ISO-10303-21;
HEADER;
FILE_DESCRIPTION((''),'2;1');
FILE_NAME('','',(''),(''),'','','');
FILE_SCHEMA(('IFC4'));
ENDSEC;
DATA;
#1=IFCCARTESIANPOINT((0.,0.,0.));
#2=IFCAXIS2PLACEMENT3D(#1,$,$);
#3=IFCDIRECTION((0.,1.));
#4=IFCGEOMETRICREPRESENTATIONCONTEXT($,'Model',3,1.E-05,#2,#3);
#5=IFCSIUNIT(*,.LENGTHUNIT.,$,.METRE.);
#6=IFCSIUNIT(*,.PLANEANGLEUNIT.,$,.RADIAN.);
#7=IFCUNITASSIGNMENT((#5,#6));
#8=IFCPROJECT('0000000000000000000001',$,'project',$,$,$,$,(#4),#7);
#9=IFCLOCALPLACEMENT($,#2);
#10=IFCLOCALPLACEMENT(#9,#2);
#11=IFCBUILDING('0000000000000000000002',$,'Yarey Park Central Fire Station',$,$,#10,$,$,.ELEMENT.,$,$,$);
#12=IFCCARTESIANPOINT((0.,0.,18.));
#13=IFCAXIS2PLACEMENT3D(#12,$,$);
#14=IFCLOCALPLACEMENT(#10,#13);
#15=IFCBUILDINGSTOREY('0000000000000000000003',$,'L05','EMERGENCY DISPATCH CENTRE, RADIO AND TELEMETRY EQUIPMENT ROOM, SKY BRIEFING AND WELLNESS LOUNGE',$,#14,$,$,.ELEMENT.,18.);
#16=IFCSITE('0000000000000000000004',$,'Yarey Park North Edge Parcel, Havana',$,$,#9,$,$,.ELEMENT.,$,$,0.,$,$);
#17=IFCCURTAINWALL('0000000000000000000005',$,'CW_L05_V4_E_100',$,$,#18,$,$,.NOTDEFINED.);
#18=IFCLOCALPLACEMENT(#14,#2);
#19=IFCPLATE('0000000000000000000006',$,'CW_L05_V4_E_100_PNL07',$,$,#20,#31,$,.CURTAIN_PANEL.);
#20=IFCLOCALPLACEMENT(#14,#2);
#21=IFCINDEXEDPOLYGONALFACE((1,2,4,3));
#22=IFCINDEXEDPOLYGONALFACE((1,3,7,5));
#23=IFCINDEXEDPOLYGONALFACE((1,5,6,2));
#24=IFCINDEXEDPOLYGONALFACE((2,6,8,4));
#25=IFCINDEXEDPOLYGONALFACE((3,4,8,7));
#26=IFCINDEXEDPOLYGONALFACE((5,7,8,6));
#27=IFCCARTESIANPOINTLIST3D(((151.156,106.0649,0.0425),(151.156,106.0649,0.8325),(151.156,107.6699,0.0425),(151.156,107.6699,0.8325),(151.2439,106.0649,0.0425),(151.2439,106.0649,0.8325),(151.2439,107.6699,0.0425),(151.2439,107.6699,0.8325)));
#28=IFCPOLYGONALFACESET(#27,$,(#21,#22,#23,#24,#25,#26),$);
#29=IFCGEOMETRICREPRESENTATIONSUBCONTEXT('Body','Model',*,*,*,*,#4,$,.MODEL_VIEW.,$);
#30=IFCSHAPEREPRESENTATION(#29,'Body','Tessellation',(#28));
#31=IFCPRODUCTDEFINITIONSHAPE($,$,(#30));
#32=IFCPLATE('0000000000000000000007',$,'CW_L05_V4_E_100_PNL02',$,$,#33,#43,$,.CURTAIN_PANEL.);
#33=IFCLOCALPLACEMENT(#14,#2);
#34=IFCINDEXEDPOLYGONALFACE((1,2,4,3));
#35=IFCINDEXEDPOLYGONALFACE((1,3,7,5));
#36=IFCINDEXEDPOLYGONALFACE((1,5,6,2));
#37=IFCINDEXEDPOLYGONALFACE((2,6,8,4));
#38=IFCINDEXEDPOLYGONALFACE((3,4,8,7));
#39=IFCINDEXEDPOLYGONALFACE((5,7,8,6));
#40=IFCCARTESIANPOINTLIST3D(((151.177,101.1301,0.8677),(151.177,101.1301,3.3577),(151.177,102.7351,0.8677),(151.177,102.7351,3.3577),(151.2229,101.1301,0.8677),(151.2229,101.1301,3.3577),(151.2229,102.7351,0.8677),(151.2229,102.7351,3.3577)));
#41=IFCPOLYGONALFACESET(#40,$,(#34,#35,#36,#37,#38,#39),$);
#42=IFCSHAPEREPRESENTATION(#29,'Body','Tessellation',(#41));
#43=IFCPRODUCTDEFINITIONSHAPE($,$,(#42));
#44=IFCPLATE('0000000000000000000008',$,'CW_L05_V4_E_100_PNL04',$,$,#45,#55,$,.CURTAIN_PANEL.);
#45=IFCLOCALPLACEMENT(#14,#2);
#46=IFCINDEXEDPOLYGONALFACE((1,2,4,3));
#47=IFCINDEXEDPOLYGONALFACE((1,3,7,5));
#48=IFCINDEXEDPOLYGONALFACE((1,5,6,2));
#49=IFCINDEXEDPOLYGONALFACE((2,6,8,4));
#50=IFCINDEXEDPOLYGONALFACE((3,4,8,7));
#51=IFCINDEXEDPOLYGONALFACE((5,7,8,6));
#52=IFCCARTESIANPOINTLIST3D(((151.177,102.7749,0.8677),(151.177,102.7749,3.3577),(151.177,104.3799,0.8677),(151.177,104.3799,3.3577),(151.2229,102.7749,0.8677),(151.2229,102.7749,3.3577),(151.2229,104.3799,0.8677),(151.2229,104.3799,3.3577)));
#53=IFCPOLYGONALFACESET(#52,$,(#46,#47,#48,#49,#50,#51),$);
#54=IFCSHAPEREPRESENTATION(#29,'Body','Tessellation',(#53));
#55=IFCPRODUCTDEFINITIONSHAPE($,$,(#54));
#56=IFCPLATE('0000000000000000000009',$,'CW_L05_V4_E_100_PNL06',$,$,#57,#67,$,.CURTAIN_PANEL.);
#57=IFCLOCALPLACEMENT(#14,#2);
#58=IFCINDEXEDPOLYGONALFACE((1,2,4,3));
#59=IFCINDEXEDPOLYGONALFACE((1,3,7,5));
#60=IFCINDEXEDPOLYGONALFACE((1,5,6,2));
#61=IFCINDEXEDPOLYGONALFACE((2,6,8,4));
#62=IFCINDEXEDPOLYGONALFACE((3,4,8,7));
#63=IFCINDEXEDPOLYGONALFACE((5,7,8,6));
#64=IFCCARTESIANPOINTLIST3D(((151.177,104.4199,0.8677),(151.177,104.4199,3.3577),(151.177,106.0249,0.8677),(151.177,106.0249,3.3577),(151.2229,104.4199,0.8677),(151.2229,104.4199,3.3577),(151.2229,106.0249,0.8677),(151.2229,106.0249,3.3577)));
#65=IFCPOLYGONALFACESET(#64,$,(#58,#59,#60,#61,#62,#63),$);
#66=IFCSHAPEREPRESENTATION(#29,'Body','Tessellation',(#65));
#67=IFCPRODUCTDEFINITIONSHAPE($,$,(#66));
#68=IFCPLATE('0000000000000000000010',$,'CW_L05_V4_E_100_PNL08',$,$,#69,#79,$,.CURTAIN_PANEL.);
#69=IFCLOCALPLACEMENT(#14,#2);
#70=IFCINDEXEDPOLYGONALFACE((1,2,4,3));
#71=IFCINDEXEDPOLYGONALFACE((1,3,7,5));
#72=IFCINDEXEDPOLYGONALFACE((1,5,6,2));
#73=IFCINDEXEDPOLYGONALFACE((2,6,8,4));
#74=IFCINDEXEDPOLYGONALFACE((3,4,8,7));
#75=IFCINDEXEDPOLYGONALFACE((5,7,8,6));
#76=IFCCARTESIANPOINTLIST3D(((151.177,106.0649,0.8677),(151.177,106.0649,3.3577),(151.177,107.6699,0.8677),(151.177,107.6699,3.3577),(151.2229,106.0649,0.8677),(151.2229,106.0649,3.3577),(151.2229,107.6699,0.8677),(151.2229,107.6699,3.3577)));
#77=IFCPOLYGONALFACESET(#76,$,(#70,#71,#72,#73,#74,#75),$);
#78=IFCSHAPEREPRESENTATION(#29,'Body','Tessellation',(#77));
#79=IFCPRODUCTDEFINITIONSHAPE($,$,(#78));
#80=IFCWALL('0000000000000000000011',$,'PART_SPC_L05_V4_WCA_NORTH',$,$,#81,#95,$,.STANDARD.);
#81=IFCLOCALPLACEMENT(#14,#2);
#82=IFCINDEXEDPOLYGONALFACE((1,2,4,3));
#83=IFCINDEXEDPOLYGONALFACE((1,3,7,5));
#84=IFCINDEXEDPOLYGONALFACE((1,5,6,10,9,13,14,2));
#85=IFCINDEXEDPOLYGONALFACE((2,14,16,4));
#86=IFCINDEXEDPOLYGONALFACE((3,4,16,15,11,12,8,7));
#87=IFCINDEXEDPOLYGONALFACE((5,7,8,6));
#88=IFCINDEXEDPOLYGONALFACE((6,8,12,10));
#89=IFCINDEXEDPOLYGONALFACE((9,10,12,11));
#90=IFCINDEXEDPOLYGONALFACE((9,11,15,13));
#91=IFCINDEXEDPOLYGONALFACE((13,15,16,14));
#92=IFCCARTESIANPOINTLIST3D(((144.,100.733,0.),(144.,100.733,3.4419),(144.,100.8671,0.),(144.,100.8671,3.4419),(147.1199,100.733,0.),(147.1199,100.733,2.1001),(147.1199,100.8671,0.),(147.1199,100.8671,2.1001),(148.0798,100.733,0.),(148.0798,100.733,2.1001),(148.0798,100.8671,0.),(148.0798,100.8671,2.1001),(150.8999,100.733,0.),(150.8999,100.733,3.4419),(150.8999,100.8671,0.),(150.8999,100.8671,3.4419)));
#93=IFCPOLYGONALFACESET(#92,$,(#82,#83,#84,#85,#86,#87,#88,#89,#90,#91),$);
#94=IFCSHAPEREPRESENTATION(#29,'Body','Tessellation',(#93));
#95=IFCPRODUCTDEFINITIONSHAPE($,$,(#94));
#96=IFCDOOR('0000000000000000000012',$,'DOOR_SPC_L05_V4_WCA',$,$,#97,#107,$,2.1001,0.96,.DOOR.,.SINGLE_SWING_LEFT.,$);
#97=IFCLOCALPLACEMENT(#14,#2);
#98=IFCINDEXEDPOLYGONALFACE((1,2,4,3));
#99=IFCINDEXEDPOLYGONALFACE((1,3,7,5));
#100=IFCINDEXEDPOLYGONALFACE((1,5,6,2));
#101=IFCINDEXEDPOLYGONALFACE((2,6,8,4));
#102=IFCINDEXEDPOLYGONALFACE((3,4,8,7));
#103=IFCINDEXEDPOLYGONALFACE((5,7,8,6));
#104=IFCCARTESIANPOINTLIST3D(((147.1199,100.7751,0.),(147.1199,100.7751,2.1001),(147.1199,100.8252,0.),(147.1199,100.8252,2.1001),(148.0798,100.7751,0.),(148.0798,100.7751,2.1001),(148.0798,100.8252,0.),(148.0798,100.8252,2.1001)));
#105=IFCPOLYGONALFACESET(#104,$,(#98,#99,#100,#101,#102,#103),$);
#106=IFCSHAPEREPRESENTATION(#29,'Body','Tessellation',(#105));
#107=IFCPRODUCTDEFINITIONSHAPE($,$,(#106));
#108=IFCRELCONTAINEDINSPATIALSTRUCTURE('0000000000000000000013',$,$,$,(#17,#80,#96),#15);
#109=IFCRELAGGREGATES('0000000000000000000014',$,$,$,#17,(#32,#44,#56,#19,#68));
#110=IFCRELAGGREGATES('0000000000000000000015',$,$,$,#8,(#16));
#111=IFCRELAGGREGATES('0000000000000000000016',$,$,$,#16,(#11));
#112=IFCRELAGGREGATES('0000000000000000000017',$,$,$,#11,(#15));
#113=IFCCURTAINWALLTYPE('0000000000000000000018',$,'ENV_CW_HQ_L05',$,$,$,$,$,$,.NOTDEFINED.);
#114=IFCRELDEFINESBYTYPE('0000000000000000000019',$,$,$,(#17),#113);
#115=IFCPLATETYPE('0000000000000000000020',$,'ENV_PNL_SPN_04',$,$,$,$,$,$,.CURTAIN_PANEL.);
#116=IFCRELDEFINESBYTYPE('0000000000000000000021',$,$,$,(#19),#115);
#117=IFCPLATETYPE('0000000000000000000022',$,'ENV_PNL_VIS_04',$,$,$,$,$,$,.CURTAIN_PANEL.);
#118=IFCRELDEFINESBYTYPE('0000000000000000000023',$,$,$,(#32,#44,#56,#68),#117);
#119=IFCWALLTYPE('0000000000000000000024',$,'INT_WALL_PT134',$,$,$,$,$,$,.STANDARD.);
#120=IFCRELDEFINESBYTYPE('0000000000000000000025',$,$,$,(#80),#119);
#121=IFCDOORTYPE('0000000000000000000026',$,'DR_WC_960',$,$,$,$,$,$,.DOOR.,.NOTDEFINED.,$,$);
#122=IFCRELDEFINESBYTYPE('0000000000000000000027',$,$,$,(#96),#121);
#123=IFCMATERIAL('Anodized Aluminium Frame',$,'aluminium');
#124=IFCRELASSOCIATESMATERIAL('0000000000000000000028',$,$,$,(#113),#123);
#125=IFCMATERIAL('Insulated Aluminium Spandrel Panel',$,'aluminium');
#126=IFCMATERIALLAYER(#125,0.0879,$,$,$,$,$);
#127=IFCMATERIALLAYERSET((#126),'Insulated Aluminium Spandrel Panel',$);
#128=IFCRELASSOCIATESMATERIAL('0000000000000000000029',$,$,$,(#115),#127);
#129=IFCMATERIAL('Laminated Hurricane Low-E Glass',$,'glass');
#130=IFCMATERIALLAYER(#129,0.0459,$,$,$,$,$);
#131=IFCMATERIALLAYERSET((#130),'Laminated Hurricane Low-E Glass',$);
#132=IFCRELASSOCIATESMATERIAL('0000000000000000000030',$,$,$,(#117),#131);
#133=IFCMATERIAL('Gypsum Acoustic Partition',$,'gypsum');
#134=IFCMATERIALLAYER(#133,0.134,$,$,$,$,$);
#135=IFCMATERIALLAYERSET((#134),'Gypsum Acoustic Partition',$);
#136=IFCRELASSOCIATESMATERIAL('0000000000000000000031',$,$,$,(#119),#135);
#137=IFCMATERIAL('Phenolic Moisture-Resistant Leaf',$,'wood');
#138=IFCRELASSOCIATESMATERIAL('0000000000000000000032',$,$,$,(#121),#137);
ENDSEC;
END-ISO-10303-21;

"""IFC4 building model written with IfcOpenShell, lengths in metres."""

from ifc_helpers import new_model, si_unit, direction, frame, frame_2d, origin, origin_2d, place, context, subcontext, project, spatial, rectangle, extrude, material, layer, layer_set, type_object, element, fill, aggregate, save


model = new_model("IFC4")

# Units and contexts
model_context = context("Model", 3, precision=1e-05, world=origin(), true_north=direction((0.0, 1.0)))
body_context = subcontext(model_context, "Body", "Model", "MODEL_VIEW")
ifc_project = project(units=[si_unit("LENGTHUNIT", "METRE"), si_unit("PLANEANGLEUNIT", "RADIAN")], contexts=[model_context])

# Site, building, storey
site_placement = place(None, origin())
site = spatial("IfcSite", under=ifc_project, at=site_placement, Name="Yarey Park North Edge Parcel, Havana", CompositionType="ELEMENT", RefElevation=0.0)
building_placement = place(site_placement, origin())
building = spatial("IfcBuilding", under=site, at=building_placement, Name="Yarey Park Central Fire Station", CompositionType="ELEMENT")
storey_placement = place(building_placement, frame((0.0, 0.0, 18.0)))
storey = spatial("IfcBuildingStorey", under=building, at=storey_placement, Name="L05", Description="EMERGENCY DISPATCH CENTRE, RADIO AND TELEMETRY EQUIPMENT ROOM, SKY BRIEFING AND WELLNESS LOUNGE", CompositionType="ELEMENT", Elevation=18.0)

# Curtain wall
ifc_material_1 = material(Name="Anodized Aluminium Frame", Category="aluminium")
curtain_wall_type = type_object("IfcCurtainWallType", Name="ENV_CW_HQ_L05", PredefinedType="NOTDEFINED", material=ifc_material_1)
curtain_wall_placement = place(storey_placement, origin())
curtain_wall = element("IfcCurtainWall", 1, at=curtain_wall_placement, inside=storey, type_object=curtain_wall_type, Name="CW_L05_V4_E_100", PredefinedType="NOTDEFINED")

# Plates
ifc_material_2 = material(Name="Insulated Aluminium Spandrel Panel", Category="aluminium")
ifc_layer_1 = layer(ifc_material_2, 0.0879)
ifc_layer_set_1 = layer_set([ifc_layer_1], Name="Insulated Aluminium Spandrel Panel")
plate_type_1 = type_object("IfcPlateType", Name="ENV_PNL_SPN_04", PredefinedType="CURTAIN_PANEL", material=ifc_layer_set_1)
plate_1_placement = place(storey_placement, frame((151.2, 106.8674, 0.0425), z_axis=(0.0, 0.0, 1.0), x_axis=(0.0, 1.0, 0.0)))
plate_1 = element("IfcPlate", 2, at=plate_1_placement, type_object=plate_type_1, Name="CW_L05_V4_E_100_PNL07", PredefinedType="CURTAIN_PANEL", context=body_context, shape_type="SweptSolid", body=[
    extrude(rectangle(XDim=1.605, YDim=0.0879, at=origin_2d()), origin(), (0.0, 0.0, 1.0), 0.79),
])
ifc_material_3 = material(Name="Laminated Hurricane Low-E Glass", Category="glass")
ifc_layer_2 = layer(ifc_material_3, 0.0459)
ifc_layer_set_2 = layer_set([ifc_layer_2], Name="Laminated Hurricane Low-E Glass")
plate_type_2 = type_object("IfcPlateType", Name="ENV_PNL_VIS_04", PredefinedType="CURTAIN_PANEL", material=ifc_layer_set_2)
plate_2_placement = place(storey_placement, frame((151.2, 101.9326, 0.8677), z_axis=(0.0, 0.0, 1.0), x_axis=(0.0, 1.0, 0.0)))
plate_2 = element("IfcPlate", 3, at=plate_2_placement, type_object=plate_type_2, Name="CW_L05_V4_E_100_PNL02", PredefinedType="CURTAIN_PANEL", context=body_context, shape_type="SweptSolid", body=[
    extrude(rectangle(XDim=1.605, YDim=0.0459, at=origin_2d()), origin(), (0.0, 0.0, 1.0), 2.49),
])
plate_3_placement = place(storey_placement, frame((151.2, 103.5774, 0.8677), z_axis=(0.0, 0.0, 1.0), x_axis=(0.0, 1.0, 0.0)))
plate_3 = element("IfcPlate", 4, at=plate_3_placement, type_object=plate_type_2, Name="CW_L05_V4_E_100_PNL04", PredefinedType="CURTAIN_PANEL", context=body_context, shape_type="SweptSolid", body=[
    extrude(rectangle(XDim=1.605, YDim=0.0459, at=origin_2d()), origin(), (0.0, 0.0, 1.0), 2.49),
])
plate_4_placement = place(storey_placement, frame((151.2, 105.2224, 0.8677), z_axis=(0.0, 0.0, 1.0), x_axis=(0.0, 1.0, 0.0)))
plate_4 = element("IfcPlate", 5, at=plate_4_placement, type_object=plate_type_2, Name="CW_L05_V4_E_100_PNL06", PredefinedType="CURTAIN_PANEL", context=body_context, shape_type="SweptSolid", body=[
    extrude(rectangle(XDim=1.605, YDim=0.0459, at=origin_2d()), origin(), (0.0, 0.0, 1.0), 2.49),
])
plate_5_placement = place(storey_placement, frame((151.2, 106.8674, 0.8677), z_axis=(0.0, 0.0, 1.0), x_axis=(0.0, 1.0, 0.0)))
plate_5 = element("IfcPlate", 6, at=plate_5_placement, type_object=plate_type_2, Name="CW_L05_V4_E_100_PNL08", PredefinedType="CURTAIN_PANEL", context=body_context, shape_type="SweptSolid", body=[
    extrude(rectangle(XDim=1.605, YDim=0.0459, at=origin_2d()), origin(), (0.0, 0.0, 1.0), 2.49),
])
aggregate(curtain_wall, [plate_2, plate_3, plate_4, plate_1, plate_5])

# Wall, opening, door
ifc_material_4 = material(Name="Gypsum Acoustic Partition", Category="gypsum")
ifc_layer_3 = layer(ifc_material_4, 0.134)
ifc_layer_set_3 = layer_set([ifc_layer_3], Name="Gypsum Acoustic Partition")
wall_type = type_object("IfcWallType", Name="INT_WALL_PT134", PredefinedType="STANDARD", material=ifc_layer_set_3)
wall_placement = place(storey_placement, frame((150.8999, 100.8, 0.0), z_axis=(0.0, 0.0, 1.0), x_axis=(-1.0, 0.0, 0.0)))
wall = element("IfcWall", 7, at=wall_placement, inside=storey, type_object=wall_type, Name="PART_SPC_L05_V4_WCA_NORTH", PredefinedType="STANDARD", context=body_context, shape_type="SweptSolid", body=[
    extrude(rectangle(XDim=6.8999, YDim=0.134, at=frame_2d((3.45, 0.0))), origin(), (0.0, 0.0, 1.0), 3.4419),
])
opening_placement = place(wall_placement, frame((2.8201, 0.0, 0.0)))
opening = element("IfcOpeningElement", 8, at=opening_placement, cuts=wall, PredefinedType="OPENING", context=body_context, shape_type="SweptSolid", body=[
    extrude(rectangle(XDim=0.96, YDim=2.1001, at=frame_2d((0.48, 1.05))), frame((0.0, 0.0769, 0.0), z_axis=(0.0, -1.0, 0.0), x_axis=(1.0, 0.0, 0.0)), (0.0, 0.0, 1.0), 0.1541),
])
ifc_material_5 = material(Name="Phenolic Moisture-Resistant Leaf", Category="wood")
door_type = type_object("IfcDoorType", Name="DR_WC_960", OperationType="NOTDEFINED", PredefinedType="DOOR", material=ifc_material_5)
door_placement = place(opening_placement, origin())
door = element("IfcDoor", 9, at=door_placement, inside=storey, type_object=door_type, Name="DOOR_SPC_L05_V4_WCA", OperationType="SINGLE_SWING_LEFT", OverallHeight=2.1001, OverallWidth=0.96, PredefinedType="DOOR", context=body_context, shape_type="SweptSolid", body=[
    extrude(rectangle(XDim=0.96, YDim=2.1001, at=frame_2d((0.48, 1.05))), frame((0.0, 0.0249, 0.0), z_axis=(0.0, -1.0, 0.0), x_axis=(1.0, 0.0, 0.0)), (0.0, 0.0, 1.0), 0.05),
])
fill(opening, door)

save(model, "model.ifc")
